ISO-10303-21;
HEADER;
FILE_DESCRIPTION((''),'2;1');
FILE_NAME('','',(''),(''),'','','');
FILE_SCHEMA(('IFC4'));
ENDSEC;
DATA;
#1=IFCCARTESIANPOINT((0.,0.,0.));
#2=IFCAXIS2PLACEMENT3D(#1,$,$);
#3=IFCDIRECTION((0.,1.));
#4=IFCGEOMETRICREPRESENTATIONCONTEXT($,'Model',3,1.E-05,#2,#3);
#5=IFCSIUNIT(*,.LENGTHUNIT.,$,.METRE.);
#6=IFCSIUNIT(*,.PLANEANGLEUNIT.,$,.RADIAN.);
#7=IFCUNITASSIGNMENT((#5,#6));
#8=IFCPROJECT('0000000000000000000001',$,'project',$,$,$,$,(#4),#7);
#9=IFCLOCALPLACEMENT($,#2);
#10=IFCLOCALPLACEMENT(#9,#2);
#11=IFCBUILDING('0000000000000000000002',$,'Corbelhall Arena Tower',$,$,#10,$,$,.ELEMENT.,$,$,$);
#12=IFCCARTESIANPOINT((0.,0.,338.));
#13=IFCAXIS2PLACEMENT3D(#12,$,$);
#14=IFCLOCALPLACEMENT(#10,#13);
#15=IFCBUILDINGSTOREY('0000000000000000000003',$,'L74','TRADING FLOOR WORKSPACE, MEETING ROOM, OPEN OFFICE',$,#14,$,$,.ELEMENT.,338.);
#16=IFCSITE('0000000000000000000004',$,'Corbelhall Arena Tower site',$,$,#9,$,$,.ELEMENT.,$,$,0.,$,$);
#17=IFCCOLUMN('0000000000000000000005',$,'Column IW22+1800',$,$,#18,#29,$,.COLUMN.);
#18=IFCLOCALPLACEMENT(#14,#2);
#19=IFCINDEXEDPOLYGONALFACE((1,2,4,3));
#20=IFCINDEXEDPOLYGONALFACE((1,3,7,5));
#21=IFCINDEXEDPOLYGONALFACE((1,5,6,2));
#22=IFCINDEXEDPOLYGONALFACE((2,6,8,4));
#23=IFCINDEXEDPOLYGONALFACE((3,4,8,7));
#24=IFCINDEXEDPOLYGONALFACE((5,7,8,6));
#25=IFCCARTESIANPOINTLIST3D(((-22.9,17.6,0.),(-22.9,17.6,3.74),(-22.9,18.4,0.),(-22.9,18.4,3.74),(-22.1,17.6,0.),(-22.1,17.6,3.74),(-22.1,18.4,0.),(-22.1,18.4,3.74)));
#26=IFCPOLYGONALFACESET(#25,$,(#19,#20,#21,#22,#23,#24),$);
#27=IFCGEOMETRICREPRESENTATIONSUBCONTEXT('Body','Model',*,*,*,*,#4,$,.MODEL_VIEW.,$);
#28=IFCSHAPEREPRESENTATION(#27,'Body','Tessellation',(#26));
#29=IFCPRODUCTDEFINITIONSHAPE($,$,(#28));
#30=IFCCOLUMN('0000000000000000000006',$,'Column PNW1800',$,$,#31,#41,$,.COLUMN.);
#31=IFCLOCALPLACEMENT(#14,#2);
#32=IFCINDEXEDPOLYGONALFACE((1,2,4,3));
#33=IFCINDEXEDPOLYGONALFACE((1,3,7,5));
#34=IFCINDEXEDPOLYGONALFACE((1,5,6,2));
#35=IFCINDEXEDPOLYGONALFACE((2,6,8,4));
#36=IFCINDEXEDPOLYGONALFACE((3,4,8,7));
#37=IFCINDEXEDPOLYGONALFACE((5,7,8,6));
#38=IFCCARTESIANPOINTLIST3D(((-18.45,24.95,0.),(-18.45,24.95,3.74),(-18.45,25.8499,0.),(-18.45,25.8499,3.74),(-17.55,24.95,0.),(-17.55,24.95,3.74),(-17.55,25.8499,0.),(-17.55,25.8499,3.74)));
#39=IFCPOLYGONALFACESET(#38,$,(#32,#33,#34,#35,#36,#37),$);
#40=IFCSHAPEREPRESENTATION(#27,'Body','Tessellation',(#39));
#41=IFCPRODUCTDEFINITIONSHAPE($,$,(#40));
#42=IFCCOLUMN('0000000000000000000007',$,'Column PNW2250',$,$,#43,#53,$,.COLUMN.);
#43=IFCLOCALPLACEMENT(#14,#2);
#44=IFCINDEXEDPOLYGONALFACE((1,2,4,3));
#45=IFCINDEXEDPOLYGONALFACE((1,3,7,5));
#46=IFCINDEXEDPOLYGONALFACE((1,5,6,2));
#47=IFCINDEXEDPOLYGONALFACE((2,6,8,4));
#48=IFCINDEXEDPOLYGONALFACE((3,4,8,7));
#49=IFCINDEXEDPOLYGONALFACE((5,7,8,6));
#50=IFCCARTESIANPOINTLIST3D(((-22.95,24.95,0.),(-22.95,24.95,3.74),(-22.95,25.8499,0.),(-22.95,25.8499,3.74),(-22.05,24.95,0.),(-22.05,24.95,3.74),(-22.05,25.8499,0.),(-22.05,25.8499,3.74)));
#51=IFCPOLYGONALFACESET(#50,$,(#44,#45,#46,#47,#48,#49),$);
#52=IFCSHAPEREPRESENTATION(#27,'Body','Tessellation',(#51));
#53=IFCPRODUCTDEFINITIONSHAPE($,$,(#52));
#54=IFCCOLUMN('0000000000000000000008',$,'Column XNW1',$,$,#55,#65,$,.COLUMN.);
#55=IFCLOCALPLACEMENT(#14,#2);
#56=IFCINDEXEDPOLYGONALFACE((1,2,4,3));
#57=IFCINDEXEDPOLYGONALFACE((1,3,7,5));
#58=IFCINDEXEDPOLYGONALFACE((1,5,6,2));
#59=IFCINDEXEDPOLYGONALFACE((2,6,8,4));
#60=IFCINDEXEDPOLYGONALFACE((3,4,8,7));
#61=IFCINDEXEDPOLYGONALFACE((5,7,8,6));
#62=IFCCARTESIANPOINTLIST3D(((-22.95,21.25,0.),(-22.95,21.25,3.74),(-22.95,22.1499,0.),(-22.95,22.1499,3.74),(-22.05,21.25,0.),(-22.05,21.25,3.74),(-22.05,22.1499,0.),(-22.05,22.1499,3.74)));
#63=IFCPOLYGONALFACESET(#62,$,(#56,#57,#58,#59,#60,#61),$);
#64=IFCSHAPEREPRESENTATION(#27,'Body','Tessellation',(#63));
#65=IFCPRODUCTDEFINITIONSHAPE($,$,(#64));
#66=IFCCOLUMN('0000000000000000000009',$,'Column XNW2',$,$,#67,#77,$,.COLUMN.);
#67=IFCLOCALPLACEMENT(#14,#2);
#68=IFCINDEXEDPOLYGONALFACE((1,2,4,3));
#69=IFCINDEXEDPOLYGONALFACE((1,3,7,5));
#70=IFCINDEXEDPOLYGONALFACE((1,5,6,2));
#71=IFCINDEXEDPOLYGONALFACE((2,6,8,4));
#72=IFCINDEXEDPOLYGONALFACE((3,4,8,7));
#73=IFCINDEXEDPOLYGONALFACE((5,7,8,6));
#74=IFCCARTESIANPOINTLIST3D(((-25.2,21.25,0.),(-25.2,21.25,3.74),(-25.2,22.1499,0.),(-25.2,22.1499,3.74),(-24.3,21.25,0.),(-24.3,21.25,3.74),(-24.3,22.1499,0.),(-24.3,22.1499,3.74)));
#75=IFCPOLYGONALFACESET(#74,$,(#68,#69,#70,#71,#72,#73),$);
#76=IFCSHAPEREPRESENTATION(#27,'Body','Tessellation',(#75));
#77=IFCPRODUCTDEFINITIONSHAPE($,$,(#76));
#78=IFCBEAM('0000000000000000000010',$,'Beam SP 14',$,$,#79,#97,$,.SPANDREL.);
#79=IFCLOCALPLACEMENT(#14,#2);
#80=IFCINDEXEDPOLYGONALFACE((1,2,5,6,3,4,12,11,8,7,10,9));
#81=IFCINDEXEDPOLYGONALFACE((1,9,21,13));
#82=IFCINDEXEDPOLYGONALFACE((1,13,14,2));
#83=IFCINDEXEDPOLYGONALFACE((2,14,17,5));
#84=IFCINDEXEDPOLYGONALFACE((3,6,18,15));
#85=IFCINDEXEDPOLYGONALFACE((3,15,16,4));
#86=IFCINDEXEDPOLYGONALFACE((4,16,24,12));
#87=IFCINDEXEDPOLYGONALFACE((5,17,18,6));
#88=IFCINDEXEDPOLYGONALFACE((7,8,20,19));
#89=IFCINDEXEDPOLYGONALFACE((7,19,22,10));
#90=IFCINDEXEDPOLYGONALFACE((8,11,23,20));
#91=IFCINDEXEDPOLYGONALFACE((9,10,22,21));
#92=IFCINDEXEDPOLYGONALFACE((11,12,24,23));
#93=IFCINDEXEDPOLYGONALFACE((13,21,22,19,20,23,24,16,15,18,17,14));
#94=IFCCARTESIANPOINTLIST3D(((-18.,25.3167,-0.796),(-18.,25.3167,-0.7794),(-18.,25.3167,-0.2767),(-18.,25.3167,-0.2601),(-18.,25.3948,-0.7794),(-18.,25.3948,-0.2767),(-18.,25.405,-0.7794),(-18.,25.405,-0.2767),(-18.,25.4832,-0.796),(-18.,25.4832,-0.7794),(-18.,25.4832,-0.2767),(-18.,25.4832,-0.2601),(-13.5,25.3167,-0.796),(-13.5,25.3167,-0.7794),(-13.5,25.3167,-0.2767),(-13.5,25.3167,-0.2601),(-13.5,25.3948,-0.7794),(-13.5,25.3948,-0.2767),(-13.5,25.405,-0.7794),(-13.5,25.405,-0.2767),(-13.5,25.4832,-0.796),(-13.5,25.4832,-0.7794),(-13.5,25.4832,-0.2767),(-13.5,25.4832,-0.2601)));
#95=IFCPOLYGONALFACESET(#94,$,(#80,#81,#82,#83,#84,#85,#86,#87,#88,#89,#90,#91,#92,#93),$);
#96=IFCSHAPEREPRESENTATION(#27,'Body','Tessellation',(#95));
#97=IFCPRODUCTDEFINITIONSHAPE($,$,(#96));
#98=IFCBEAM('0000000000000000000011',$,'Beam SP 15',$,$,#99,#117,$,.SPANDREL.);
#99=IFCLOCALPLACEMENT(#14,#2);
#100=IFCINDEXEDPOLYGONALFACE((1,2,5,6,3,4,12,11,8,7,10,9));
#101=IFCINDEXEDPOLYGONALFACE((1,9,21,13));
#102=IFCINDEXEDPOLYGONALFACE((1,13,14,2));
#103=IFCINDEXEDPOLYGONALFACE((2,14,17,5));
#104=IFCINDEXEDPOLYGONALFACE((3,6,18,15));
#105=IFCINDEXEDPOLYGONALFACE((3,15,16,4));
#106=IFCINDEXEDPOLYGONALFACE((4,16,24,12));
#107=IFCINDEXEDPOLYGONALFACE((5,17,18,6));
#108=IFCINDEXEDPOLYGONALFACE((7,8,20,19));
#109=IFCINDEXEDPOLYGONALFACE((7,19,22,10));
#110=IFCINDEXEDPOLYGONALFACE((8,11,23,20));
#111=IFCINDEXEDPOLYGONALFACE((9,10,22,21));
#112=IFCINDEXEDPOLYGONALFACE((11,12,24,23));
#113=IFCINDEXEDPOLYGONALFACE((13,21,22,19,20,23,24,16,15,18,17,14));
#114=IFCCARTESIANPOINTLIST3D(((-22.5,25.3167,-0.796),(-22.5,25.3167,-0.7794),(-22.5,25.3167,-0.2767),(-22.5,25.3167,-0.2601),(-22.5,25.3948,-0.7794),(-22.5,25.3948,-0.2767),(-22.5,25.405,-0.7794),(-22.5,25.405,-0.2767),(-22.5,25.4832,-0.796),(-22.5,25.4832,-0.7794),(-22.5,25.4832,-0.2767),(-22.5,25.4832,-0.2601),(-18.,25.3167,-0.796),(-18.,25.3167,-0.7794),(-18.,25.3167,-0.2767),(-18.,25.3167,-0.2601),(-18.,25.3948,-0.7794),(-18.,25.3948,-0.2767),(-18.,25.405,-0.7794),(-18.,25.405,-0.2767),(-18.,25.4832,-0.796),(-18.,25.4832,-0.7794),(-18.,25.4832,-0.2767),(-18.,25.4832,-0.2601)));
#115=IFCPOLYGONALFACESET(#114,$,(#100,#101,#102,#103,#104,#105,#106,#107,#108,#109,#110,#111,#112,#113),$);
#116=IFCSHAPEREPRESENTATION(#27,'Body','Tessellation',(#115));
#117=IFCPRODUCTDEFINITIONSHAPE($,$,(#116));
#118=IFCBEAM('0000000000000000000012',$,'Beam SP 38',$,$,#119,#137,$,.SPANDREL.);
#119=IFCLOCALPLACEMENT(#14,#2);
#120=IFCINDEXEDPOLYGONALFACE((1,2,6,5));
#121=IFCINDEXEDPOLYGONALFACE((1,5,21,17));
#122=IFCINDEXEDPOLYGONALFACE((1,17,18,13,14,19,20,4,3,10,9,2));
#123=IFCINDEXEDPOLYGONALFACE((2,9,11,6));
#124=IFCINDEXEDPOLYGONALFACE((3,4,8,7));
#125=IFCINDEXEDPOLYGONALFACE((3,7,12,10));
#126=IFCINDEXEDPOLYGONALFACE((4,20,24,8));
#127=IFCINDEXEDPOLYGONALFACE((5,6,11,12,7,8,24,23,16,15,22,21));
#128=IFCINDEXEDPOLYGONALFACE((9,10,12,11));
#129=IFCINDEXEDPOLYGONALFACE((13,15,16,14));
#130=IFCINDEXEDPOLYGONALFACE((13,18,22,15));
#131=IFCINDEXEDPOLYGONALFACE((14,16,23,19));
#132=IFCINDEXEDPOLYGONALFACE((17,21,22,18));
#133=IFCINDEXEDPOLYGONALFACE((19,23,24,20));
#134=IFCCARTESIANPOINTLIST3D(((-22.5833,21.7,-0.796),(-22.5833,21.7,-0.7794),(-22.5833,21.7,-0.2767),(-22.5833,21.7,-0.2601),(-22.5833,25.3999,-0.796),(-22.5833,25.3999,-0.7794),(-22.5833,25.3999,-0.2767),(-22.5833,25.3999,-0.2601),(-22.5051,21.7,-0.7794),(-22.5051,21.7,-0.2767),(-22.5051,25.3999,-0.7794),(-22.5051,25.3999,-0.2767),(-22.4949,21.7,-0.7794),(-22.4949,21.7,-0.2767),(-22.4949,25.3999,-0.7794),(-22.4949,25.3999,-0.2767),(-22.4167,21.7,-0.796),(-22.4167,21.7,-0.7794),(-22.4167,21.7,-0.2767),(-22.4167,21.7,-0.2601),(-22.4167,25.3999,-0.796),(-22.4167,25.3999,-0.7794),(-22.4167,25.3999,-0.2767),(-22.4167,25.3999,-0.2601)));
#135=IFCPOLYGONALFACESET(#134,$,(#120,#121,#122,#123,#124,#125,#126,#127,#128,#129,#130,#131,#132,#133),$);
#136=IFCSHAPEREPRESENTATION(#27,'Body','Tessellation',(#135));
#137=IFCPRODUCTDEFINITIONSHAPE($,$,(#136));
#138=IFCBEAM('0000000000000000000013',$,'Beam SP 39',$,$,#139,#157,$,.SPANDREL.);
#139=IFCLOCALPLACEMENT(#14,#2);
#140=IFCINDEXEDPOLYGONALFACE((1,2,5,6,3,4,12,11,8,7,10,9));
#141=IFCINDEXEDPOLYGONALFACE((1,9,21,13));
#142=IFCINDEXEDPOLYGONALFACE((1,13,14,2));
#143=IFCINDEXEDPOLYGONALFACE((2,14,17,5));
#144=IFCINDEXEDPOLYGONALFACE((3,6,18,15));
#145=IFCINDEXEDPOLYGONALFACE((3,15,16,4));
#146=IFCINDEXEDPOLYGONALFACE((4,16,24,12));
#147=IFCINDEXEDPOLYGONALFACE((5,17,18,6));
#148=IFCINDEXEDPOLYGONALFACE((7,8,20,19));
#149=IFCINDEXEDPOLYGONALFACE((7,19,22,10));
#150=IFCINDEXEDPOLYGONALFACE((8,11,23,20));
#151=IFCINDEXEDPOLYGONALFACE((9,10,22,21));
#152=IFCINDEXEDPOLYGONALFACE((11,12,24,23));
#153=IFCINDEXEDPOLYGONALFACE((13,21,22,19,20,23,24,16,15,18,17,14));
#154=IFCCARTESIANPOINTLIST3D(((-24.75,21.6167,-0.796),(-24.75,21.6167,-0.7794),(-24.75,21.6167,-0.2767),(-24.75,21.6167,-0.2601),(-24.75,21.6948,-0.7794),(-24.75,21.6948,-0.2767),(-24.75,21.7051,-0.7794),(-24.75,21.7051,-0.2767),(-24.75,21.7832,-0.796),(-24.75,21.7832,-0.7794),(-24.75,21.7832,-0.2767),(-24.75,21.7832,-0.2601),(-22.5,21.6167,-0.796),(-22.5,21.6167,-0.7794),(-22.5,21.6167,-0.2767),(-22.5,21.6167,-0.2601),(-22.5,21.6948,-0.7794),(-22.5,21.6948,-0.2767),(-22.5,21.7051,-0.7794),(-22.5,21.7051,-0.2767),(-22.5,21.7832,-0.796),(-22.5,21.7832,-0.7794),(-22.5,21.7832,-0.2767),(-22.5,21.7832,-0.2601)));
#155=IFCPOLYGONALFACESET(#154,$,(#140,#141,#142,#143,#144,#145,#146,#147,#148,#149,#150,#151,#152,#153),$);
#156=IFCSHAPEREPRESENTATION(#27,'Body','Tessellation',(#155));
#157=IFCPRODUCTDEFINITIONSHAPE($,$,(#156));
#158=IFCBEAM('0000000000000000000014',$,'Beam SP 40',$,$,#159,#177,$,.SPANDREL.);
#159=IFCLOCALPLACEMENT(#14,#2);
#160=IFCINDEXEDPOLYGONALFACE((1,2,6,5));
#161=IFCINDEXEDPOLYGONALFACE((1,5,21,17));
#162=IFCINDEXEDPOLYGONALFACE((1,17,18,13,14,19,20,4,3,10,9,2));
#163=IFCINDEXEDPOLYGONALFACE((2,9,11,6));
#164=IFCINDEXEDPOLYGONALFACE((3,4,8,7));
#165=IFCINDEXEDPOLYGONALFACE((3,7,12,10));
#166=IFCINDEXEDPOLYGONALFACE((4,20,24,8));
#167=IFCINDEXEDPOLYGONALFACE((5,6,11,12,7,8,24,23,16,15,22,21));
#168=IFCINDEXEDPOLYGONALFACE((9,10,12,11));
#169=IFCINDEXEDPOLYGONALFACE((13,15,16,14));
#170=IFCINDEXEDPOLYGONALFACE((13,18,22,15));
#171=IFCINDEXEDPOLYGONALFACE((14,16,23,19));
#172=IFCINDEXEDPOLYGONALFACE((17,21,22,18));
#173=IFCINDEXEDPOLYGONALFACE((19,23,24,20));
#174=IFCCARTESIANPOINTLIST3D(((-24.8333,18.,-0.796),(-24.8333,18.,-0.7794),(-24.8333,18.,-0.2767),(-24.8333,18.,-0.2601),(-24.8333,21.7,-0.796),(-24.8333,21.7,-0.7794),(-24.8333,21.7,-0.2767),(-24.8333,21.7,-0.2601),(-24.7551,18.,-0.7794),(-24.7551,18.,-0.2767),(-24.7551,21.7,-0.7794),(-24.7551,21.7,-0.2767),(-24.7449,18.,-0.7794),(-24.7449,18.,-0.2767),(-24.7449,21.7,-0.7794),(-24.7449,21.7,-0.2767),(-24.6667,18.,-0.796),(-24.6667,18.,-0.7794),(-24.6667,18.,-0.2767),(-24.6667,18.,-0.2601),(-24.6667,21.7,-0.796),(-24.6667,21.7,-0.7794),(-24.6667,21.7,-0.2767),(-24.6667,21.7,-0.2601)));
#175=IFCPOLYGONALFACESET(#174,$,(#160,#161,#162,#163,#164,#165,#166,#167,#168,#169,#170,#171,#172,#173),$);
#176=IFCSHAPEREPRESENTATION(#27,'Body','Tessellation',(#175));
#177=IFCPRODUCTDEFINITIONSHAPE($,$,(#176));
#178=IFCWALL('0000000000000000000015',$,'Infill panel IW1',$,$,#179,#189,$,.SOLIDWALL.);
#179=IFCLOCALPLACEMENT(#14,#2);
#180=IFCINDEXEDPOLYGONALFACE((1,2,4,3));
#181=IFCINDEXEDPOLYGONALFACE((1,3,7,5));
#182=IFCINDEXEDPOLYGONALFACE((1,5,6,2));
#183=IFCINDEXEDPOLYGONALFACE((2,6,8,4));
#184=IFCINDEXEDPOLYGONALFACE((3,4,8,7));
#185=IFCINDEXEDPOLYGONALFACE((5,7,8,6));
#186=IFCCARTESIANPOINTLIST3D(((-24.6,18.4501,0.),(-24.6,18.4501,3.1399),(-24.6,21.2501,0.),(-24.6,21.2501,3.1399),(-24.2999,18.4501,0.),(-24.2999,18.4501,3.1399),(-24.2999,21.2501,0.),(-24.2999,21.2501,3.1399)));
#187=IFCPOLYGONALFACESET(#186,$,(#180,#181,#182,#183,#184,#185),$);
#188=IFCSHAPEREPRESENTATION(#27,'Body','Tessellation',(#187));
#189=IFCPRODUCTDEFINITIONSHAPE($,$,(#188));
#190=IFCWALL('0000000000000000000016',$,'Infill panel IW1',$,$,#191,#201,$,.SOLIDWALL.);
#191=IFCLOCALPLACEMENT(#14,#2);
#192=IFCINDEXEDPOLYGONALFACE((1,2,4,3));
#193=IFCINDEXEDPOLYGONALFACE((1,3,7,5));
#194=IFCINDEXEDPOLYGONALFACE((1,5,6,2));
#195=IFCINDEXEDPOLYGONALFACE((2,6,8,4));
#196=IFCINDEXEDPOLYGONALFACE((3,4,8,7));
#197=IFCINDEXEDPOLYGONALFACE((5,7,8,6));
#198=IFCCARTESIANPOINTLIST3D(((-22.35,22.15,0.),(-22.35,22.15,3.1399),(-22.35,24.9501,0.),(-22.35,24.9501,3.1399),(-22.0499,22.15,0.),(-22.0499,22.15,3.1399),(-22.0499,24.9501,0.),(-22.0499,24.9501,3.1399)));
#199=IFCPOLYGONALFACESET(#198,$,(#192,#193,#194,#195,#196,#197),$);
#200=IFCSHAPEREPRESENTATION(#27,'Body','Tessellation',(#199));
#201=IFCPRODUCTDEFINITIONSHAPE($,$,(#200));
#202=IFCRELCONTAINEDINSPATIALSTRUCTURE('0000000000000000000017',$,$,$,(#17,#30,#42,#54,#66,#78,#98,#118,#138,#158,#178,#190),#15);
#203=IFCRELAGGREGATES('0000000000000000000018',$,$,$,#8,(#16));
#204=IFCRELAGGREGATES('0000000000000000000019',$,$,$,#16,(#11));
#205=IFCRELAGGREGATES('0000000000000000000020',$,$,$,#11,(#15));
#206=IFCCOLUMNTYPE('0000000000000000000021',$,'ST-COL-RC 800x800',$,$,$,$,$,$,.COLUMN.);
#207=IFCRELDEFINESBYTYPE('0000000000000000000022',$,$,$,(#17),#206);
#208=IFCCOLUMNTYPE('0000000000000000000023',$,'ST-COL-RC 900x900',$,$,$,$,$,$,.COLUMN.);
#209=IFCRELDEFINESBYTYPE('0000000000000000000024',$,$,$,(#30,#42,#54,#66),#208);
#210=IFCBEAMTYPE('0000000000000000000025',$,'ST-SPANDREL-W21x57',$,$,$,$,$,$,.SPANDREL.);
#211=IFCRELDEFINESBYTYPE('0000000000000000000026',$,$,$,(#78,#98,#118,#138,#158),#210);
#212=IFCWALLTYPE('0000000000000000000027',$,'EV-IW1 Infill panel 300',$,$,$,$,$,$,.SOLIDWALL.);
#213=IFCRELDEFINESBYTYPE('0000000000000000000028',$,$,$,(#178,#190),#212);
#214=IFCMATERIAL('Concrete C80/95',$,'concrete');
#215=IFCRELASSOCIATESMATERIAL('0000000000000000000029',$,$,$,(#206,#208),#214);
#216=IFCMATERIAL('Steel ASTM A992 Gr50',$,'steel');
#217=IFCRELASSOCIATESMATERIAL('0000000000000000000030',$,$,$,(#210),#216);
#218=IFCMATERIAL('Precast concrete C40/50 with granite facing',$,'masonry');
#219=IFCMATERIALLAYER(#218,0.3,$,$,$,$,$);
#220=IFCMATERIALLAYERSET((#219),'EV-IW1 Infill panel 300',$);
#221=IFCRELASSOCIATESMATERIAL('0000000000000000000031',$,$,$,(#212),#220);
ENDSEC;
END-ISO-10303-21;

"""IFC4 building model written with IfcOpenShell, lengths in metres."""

from ifc_helpers import new_model, si_unit, direction, frame, frame_2d, origin, origin_2d, place, context, subcontext, project, spatial, rectangle, i_section, extrude, material, layer, layer_set, material_profile, profile_set, type_object, element, save


model = new_model("IFC4")

# Units and contexts
model_context = context("Model", 3, precision=1e-05, world=origin(), true_north=direction((0.0, 1.0)))
body_context = subcontext(model_context, "Body", "Model", "MODEL_VIEW")
ifc_project = project(units=[si_unit("LENGTHUNIT", "METRE"), si_unit("PLANEANGLEUNIT", "RADIAN")], contexts=[model_context])

# Site, building, storey
site_placement = place(None, origin())
site = spatial("IfcSite", under=ifc_project, at=site_placement, Name="Corbelhall Arena Tower site", CompositionType="ELEMENT", RefElevation=0.0)
building_placement = place(site_placement, origin())
building = spatial("IfcBuilding", under=site, at=building_placement, Name="Corbelhall Arena Tower", CompositionType="ELEMENT")
storey_placement = place(building_placement, frame((0.0, 0.0, 338.0)))
storey = spatial("IfcBuildingStorey", under=building, at=storey_placement, Name="L74", Description="TRADING FLOOR WORKSPACE, MEETING ROOM, OPEN OFFICE", CompositionType="ELEMENT", Elevation=338.0)

# Columns
ifc_material_1 = material(Name="Concrete C80/95", Category="concrete")
ifc_material_profile_1 = material_profile(ifc_material_1, rectangle(XDim=0.8, YDim=0.8, at=origin_2d()))
ifc_profile_set_1 = profile_set([ifc_material_profile_1], Name="Concrete C80/95")
column_type_1 = type_object("IfcColumnType", Name="ST-COL-RC 800x800", PredefinedType="COLUMN", material=ifc_profile_set_1)
column_placement = place(storey_placement, frame((-22.5, 18.0, 0.0), z_axis=(0.0, 0.0, 1.0), x_axis=(1.0, 0.0, 0.0)))
element("IfcColumn", 1, at=column_placement, inside=storey, type_object=column_type_1, Name="Column IW22+1800", PredefinedType="COLUMN", context=body_context, shape_type="SweptSolid", body=[
    extrude(rectangle(XDim=0.8, YDim=0.8, at=origin_2d()), origin(), (0.0, 0.0, 1.0), 3.74),
])
ifc_material_profile_2 = material_profile(ifc_material_1, rectangle(XDim=0.8999, YDim=0.8999, at=origin_2d()))
ifc_profile_set_2 = profile_set([ifc_material_profile_2], Name="Concrete C80/95")
column_type_2 = type_object("IfcColumnType", Name="ST-COL-RC 900x900", PredefinedType="COLUMN", material=ifc_profile_set_2)
for number, where, z_axis, x_axis, name in (
    (2, (-18.0, 25.3999, 0.0), (0.0, 0.0, 1.0), (1.0, 0.0, 0.0), "Column PNW1800"),
    (3, (-22.5, 25.3999, 0.0), (0.0, 0.0, 1.0), (1.0, 0.0, 0.0), "Column PNW2250"),
    (4, (-22.5, 21.7, 0.0), (0.0, 0.0, 1.0), (1.0, 0.0, 0.0), "Column XNW1"),
    (5, (-24.75, 21.7, 0.0), (0.0, 0.0, 1.0), (1.0, 0.0, 0.0), "Column XNW2"),
):
    element("IfcColumn", number, at=place(storey_placement, frame(where, z_axis=z_axis, x_axis=x_axis)), inside=storey, type_object=column_type_2, Name=name, PredefinedType="COLUMN", context=body_context, shape_type="SweptSolid", body=[
        extrude(rectangle(XDim=0.8999, YDim=0.8999, at=origin_2d()), origin(), (0.0, 0.0, 1.0), 3.74),
    ])

# Beams
ifc_material_2 = material(Name="Steel ASTM A992 Gr50", Category="steel")
ifc_material_profile_3 = material_profile(ifc_material_2, i_section(OverallWidth=0.1665, OverallDepth=0.5359, WebThickness=0.0103, FlangeThickness=0.0166, at=origin_2d()))
ifc_profile_set_3 = profile_set([ifc_material_profile_3], Name="Steel ASTM A992 Gr50")
beam_type = type_object("IfcBeamType", Name="ST-SPANDREL-W21x57", PredefinedType="SPANDREL", material=ifc_profile_set_3)
for number, where, z_axis, x_axis, name in (
    (6, (-18.0, 25.3999, -0.5281), (1.0, 0.0, 0.0), (0.0, 1.0, 0.0), "Beam SP 14"),
    (7, (-22.5, 25.3999, -0.5281), (1.0, 0.0, 0.0), (0.0, 1.0, 0.0), "Beam SP 15"),
):
    element("IfcBeam", number, at=place(storey_placement, frame(where, z_axis=z_axis, x_axis=x_axis)), inside=storey, type_object=beam_type, Name=name, PredefinedType="SPANDREL", context=body_context, shape_type="SweptSolid", body=[
        extrude(i_section(OverallWidth=0.1665, OverallDepth=0.5359, WebThickness=0.0103, FlangeThickness=0.0166, at=origin_2d()), origin(), (0.0, 0.0, 1.0), 4.5),
    ])
beam_1_placement = place(storey_placement, frame((-22.5, 21.7, -0.5281), z_axis=(0.0, 1.0, 0.0), x_axis=(-1.0, 0.0, 0.0)))
element("IfcBeam", 8, at=beam_1_placement, inside=storey, type_object=beam_type, Name="Beam SP 38", PredefinedType="SPANDREL", context=body_context, shape_type="SweptSolid", body=[
    extrude(i_section(OverallWidth=0.1665, OverallDepth=0.5359, WebThickness=0.0103, FlangeThickness=0.0166, at=origin_2d()), origin(), (0.0, 0.0, 1.0), 3.7),
])
beam_2_placement = place(storey_placement, frame((-24.75, 21.7, -0.5281), z_axis=(1.0, 0.0, 0.0), x_axis=(0.0, 1.0, 0.0)))
element("IfcBeam", 9, at=beam_2_placement, inside=storey, type_object=beam_type, Name="Beam SP 39", PredefinedType="SPANDREL", context=body_context, shape_type="SweptSolid", body=[
    extrude(i_section(OverallWidth=0.1665, OverallDepth=0.5359, WebThickness=0.0103, FlangeThickness=0.0166, at=origin_2d()), origin(), (0.0, 0.0, 1.0), 2.25),
])
beam_3_placement = place(storey_placement, frame((-24.75, 18.0, -0.5281), z_axis=(0.0, 1.0, 0.0), x_axis=(-1.0, 0.0, 0.0)))
element("IfcBeam", 10, at=beam_3_placement, inside=storey, type_object=beam_type, Name="Beam SP 40", PredefinedType="SPANDREL", context=body_context, shape_type="SweptSolid", body=[
    extrude(i_section(OverallWidth=0.1665, OverallDepth=0.5359, WebThickness=0.0103, FlangeThickness=0.0166, at=origin_2d()), origin(), (0.0, 0.0, 1.0), 3.7),
])

# Wall
ifc_material_3 = material(Name="Precast concrete C40/50 with granite facing", Category="masonry")
ifc_layer_1 = layer(ifc_material_3, 0.3)
ifc_layer_set_1 = layer_set([ifc_layer_1], Name="EV-IW1 Infill panel 300")
wall_type_1 = type_object("IfcWallType", Name="EV-IW1 Infill panel 300", PredefinedType="SOLIDWALL", material=ifc_layer_set_1)
wall_1_placement = place(storey_placement, frame((-24.45, 21.25, 0.0), z_axis=(0.0, 0.0, 1.0), x_axis=(0.0, -1.0, 0.0)))
element("IfcWall", 11, at=wall_1_placement, inside=storey, type_object=wall_type_1, Name="Infill panel IW1", PredefinedType="SOLIDWALL", context=body_context, shape_type="SweptSolid", body=[
    extrude(rectangle(XDim=2.8, YDim=0.3, at=frame_2d((1.3999, 0.0))), origin(), (0.0, 0.0, 1.0), 3.1399),
])

# Wall
wall_2_placement = place(storey_placement, frame((-22.2, 24.95, 0.0), z_axis=(0.0, 0.0, 1.0), x_axis=(0.0, -1.0, 0.0)))
element("IfcWall", 12, at=wall_2_placement, inside=storey, type_object=wall_type_1, Name="Infill panel IW1", PredefinedType="SOLIDWALL", context=body_context, shape_type="SweptSolid", body=[
    extrude(rectangle(XDim=2.8, YDim=0.3, at=frame_2d((1.3999, 0.0))), origin(), (0.0, 0.0, 1.0), 3.1399),
])

save(model, "model.ifc")
